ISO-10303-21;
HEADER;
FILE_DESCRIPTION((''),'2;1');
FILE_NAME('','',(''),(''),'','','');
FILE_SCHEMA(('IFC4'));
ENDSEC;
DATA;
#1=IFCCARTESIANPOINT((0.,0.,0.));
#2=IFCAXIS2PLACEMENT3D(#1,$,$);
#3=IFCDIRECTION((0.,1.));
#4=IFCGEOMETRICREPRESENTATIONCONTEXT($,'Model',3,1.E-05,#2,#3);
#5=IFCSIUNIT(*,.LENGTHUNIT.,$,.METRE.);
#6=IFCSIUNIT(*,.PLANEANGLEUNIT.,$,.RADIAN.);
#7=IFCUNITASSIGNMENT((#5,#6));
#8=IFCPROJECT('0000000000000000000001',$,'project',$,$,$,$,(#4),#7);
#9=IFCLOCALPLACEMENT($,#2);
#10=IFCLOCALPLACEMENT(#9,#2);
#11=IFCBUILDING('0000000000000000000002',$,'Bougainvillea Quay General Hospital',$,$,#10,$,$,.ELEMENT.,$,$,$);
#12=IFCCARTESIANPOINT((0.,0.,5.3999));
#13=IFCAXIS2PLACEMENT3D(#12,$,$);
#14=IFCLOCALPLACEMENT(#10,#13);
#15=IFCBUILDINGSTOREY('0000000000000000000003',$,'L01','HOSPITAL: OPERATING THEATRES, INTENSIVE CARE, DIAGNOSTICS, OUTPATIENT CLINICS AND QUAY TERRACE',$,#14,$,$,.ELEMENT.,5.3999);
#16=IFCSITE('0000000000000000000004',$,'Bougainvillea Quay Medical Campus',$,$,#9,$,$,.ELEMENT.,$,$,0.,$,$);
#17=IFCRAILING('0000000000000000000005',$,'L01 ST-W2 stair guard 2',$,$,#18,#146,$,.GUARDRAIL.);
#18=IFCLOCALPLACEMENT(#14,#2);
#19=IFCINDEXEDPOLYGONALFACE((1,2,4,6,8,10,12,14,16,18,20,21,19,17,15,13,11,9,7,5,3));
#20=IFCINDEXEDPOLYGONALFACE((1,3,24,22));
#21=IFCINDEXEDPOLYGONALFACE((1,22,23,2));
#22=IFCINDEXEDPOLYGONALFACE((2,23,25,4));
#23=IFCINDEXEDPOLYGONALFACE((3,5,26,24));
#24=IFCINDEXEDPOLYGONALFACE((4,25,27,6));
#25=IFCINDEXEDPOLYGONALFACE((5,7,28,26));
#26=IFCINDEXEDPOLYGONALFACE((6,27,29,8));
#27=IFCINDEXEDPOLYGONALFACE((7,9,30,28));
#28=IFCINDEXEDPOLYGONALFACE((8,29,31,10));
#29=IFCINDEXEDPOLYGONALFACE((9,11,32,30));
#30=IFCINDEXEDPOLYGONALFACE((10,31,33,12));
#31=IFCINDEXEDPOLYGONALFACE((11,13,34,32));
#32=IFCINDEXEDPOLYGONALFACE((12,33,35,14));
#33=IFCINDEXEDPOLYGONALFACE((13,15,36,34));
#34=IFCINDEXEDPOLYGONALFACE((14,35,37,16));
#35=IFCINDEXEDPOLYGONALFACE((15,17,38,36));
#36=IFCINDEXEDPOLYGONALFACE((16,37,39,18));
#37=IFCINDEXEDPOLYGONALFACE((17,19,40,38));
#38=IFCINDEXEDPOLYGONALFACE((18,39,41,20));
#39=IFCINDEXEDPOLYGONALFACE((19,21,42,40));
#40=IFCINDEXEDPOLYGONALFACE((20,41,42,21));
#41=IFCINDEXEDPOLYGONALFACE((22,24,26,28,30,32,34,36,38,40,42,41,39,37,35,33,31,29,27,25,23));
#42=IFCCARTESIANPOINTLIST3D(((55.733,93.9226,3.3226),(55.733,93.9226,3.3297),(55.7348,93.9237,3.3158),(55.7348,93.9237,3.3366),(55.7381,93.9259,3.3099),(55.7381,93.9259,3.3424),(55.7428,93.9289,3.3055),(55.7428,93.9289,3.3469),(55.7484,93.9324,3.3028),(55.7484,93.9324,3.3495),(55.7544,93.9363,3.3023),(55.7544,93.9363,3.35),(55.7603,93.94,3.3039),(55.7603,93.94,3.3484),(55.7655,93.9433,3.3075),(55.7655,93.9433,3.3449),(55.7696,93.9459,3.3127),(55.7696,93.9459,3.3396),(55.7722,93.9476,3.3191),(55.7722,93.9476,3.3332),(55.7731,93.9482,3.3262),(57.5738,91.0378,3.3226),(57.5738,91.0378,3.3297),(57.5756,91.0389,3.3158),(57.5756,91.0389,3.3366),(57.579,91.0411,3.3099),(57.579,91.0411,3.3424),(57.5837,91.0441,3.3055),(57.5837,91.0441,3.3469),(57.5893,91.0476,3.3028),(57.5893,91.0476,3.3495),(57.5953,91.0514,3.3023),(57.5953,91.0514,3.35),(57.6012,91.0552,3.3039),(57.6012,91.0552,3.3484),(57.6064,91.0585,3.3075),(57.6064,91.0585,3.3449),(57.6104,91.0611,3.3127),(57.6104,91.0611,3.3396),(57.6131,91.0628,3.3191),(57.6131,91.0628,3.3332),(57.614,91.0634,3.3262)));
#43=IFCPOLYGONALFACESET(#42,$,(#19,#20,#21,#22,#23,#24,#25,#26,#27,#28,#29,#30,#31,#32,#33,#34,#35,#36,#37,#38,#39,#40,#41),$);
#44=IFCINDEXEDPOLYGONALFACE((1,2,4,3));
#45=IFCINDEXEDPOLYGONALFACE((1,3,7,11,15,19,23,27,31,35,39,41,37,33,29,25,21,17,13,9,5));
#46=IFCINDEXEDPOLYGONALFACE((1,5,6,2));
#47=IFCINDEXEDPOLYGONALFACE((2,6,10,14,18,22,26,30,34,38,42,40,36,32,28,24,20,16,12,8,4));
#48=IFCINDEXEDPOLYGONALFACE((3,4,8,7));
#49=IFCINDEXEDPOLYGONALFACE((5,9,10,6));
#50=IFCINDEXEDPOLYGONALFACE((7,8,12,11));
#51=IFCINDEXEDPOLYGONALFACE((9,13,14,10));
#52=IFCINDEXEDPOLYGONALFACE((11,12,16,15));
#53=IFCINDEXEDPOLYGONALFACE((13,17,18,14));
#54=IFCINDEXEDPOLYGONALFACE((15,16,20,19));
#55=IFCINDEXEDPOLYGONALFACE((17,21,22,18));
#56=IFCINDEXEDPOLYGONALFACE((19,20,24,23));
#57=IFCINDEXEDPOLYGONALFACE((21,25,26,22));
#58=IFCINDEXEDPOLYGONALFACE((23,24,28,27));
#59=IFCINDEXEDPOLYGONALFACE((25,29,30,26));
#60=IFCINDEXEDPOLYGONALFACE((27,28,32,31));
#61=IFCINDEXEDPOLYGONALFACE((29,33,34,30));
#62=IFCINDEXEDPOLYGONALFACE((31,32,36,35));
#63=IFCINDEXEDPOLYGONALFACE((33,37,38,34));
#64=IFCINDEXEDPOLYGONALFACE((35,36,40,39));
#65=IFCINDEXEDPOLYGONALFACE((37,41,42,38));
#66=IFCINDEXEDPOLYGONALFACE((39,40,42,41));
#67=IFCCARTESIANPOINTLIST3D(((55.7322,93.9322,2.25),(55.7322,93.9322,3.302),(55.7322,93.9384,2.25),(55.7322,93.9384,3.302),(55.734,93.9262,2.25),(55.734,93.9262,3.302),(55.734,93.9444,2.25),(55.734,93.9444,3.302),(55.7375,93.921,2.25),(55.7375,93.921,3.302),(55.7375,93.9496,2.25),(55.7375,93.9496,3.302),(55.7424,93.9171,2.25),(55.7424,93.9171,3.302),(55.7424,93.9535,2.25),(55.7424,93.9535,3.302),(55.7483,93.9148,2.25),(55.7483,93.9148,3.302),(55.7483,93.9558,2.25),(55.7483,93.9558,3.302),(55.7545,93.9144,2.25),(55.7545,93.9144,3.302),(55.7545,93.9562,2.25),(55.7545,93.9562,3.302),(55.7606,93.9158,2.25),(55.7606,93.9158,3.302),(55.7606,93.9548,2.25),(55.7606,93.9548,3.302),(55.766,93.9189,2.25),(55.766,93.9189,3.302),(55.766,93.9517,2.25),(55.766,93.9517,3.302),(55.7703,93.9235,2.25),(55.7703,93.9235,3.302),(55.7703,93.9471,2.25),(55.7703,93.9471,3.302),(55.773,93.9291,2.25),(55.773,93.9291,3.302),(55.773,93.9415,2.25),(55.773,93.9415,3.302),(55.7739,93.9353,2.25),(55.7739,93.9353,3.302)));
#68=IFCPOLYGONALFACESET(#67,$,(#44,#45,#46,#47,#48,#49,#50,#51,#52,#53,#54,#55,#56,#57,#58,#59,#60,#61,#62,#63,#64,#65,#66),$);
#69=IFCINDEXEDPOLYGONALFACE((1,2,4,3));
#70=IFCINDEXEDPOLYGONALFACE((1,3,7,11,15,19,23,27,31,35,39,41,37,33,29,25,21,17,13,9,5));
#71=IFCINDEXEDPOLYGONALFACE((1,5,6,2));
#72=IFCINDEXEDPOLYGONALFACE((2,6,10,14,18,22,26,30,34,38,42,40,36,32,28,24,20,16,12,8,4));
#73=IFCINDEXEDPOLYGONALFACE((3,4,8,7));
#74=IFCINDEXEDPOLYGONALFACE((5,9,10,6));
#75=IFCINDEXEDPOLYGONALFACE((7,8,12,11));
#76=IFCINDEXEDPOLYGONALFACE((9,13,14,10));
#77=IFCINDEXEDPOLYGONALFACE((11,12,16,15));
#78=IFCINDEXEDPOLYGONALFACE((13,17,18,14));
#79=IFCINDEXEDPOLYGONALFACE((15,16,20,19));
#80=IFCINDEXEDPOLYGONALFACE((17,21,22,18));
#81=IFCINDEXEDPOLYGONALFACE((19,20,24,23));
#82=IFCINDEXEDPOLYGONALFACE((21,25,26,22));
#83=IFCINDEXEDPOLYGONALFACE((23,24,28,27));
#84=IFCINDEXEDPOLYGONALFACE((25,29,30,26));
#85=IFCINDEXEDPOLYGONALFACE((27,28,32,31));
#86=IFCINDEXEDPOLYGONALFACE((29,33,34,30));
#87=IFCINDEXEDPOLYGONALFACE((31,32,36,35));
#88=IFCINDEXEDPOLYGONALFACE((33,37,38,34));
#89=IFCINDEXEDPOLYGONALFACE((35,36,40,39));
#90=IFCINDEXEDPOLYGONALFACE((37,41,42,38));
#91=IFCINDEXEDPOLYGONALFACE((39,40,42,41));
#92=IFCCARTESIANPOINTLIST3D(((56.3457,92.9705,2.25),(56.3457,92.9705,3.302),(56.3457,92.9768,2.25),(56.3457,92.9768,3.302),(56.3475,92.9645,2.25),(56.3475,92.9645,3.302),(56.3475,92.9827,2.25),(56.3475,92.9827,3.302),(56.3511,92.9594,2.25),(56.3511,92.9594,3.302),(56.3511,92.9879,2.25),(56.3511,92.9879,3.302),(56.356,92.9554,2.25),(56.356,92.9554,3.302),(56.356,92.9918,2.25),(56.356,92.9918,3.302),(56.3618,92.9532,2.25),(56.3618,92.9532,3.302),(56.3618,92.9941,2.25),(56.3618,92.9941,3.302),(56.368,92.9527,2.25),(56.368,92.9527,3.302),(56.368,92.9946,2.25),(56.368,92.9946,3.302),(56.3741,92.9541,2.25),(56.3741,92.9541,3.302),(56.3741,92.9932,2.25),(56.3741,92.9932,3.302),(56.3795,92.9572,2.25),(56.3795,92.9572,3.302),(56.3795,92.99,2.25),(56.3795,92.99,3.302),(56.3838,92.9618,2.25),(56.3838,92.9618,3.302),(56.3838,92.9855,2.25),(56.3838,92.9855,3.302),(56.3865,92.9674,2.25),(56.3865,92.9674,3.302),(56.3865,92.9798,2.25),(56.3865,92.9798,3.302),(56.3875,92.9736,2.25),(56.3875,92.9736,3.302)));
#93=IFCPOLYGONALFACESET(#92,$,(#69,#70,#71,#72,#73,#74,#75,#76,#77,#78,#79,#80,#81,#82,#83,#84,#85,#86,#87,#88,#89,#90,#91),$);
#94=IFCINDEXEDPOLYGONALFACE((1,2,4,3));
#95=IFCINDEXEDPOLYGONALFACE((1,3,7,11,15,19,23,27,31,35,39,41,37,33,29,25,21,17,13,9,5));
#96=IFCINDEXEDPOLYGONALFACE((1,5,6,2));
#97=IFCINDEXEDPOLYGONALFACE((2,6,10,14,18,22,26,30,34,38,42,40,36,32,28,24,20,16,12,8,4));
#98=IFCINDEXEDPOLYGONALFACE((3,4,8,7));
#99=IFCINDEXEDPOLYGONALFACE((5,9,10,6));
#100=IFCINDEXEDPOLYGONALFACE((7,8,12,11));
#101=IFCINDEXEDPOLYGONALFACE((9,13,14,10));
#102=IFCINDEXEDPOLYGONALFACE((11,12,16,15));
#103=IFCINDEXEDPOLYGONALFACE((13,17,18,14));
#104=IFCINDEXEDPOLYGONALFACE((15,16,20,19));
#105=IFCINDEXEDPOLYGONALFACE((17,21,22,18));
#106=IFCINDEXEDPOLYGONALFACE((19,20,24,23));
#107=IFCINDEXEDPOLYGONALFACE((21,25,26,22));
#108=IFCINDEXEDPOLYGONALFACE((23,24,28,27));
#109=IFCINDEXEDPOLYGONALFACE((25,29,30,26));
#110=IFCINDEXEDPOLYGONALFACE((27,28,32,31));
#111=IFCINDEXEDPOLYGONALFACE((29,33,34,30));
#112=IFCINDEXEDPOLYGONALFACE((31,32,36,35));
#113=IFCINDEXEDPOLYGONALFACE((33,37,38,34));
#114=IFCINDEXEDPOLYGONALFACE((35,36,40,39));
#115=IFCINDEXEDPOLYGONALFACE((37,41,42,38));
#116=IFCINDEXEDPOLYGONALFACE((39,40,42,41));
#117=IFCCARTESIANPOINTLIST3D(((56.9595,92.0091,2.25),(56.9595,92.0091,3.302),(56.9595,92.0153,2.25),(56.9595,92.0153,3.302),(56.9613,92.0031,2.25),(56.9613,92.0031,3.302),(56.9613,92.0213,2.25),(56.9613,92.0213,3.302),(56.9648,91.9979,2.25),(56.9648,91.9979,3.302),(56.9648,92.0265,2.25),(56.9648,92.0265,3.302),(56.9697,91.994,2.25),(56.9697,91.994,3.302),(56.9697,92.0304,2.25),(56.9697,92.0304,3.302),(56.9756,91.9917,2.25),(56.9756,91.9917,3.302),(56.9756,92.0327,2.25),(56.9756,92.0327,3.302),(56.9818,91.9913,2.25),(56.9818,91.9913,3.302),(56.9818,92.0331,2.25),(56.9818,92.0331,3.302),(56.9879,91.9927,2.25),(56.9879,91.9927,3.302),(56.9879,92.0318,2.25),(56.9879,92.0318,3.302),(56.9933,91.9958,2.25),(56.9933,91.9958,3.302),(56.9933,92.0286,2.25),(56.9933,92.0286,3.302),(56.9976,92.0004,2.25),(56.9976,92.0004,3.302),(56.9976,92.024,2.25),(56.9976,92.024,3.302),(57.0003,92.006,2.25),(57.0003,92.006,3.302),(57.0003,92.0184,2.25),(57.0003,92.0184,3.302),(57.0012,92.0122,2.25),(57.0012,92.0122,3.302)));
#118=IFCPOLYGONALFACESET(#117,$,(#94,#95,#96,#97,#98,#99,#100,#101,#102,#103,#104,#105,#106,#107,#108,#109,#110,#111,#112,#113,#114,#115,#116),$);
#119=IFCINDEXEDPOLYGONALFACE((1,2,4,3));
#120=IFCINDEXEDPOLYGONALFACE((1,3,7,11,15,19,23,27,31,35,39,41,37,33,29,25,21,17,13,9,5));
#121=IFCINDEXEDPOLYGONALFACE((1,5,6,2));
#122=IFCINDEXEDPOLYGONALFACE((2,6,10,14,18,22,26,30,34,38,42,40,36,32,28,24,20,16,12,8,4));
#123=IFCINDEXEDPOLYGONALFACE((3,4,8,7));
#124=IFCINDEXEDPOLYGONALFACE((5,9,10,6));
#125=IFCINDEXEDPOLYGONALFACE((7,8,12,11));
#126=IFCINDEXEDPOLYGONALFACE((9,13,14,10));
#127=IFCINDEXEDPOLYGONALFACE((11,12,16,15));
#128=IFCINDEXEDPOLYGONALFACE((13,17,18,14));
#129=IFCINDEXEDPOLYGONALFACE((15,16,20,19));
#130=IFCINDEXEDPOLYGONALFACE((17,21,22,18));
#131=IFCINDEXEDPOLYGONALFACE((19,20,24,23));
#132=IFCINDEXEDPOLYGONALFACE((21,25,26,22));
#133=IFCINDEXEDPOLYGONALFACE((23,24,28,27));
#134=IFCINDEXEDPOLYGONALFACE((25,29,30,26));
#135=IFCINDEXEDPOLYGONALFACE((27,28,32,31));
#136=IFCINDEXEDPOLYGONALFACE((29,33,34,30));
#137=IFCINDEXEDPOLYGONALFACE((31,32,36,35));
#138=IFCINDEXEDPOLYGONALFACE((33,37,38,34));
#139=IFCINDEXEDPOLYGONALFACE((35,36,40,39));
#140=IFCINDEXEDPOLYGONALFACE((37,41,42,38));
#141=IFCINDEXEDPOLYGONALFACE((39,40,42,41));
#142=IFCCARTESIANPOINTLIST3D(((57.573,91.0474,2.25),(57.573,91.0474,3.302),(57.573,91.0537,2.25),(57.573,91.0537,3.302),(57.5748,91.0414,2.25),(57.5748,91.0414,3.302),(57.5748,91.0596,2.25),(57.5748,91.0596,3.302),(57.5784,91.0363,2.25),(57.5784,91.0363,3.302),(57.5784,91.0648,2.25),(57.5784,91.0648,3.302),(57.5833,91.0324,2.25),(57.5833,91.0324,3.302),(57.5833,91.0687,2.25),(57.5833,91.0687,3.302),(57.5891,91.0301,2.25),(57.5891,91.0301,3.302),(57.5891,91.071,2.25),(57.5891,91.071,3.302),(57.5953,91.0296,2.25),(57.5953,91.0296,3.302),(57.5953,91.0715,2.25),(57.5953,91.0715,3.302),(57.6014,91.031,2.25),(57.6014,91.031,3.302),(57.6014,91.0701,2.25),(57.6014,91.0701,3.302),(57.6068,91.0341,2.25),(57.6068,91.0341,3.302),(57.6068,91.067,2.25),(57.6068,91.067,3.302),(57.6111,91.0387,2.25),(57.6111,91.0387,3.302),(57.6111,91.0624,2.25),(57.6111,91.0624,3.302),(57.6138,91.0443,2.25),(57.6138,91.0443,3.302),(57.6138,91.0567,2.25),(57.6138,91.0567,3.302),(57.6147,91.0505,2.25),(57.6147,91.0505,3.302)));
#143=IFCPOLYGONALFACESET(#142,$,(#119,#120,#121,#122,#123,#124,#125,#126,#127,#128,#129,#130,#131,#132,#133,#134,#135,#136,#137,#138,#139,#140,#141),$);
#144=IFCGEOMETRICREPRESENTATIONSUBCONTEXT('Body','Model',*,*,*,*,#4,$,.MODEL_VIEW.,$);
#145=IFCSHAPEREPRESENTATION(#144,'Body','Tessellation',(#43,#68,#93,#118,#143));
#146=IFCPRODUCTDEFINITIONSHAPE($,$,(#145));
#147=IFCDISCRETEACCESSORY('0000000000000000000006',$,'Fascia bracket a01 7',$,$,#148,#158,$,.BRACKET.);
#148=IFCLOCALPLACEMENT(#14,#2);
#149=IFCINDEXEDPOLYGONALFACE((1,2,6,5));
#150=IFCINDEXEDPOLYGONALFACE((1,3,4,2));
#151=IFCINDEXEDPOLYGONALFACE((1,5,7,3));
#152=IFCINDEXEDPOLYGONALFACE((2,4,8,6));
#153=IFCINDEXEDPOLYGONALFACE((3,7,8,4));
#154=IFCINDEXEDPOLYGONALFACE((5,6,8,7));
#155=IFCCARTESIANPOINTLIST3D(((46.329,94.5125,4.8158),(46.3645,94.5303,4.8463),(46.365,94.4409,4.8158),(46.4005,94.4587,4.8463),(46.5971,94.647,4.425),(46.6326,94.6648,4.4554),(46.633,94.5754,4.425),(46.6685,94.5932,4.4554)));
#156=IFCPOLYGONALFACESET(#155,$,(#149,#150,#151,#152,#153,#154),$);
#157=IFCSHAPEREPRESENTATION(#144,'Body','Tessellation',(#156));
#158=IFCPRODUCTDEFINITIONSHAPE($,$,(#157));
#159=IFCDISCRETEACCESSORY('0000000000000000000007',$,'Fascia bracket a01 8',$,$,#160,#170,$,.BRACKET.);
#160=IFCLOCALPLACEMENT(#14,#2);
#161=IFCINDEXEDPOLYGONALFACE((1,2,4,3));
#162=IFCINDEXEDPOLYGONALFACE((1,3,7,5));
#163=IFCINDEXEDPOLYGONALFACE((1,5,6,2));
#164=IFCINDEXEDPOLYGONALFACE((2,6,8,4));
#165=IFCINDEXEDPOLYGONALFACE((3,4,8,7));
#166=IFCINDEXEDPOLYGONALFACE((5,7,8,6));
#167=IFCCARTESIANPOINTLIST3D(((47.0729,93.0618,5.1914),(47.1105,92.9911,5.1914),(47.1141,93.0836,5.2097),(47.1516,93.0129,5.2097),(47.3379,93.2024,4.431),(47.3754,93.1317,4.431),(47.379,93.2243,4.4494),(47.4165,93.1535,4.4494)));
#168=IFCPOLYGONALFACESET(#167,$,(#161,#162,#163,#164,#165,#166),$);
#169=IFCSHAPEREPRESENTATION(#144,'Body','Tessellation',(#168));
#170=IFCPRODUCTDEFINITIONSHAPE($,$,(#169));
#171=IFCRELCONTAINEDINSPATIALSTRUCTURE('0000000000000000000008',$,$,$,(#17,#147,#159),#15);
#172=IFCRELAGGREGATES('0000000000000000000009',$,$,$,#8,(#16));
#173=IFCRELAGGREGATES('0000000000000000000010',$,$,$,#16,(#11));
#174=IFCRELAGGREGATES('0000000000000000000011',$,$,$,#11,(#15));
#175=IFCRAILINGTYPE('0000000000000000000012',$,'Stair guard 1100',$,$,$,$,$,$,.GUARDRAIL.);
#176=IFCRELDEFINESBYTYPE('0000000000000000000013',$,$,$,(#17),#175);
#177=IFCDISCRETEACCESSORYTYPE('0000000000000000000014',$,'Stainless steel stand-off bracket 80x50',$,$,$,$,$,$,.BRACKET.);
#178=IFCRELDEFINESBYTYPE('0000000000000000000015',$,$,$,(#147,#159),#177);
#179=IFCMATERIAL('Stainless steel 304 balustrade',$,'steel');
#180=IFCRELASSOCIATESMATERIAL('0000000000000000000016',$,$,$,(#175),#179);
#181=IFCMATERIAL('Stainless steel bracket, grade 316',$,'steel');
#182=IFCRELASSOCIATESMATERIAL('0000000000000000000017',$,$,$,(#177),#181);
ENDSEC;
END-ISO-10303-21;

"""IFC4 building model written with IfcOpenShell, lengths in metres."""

from ifc_helpers import new_model, si_unit, direction, frame, origin, origin_2d, place, context, subcontext, project, spatial, rectangle, circle, extrude, material, material_profile, profile_set, type_object, element, save


model = new_model("IFC4")

# Units and contexts
model_context = context("Model", 3, precision=1e-05, world=origin(), true_north=direction((0.0, 1.0)))
body_context = subcontext(model_context, "Body", "Model", "MODEL_VIEW")
ifc_project = project(units=[si_unit("LENGTHUNIT", "METRE"), si_unit("PLANEANGLEUNIT", "RADIAN")], contexts=[model_context])

# Site, building, storey
site_placement = place(None, origin())
site = spatial("IfcSite", under=ifc_project, at=site_placement, Name="Bougainvillea Quay Medical Campus", CompositionType="ELEMENT", RefElevation=0.0)
building_placement = place(site_placement, origin())
building = spatial("IfcBuilding", under=site, at=building_placement, Name="Bougainvillea Quay General Hospital", CompositionType="ELEMENT")
storey_placement = place(building_placement, frame((0.0, 0.0, 5.3999)))
storey = spatial("IfcBuildingStorey", under=building, at=storey_placement, Name="L01", Description="HOSPITAL: OPERATING THEATRES, INTENSIVE CARE, DIAGNOSTICS, OUTPATIENT CLINICS AND QUAY TERRACE", CompositionType="ELEMENT", Elevation=5.3999)

# Railing
ifc_material_1 = material(Name="Stainless steel 304 balustrade", Category="steel")
railing_type = type_object("IfcRailingType", Name="Stair guard 1100", PredefinedType="GUARDRAIL", material=ifc_material_1)
railing_placement = place(storey_placement, frame((55.7529, 93.9353, 2.25)))
element("IfcRailing", 1, at=railing_placement, inside=storey, type_object=railing_type, Name="L01 ST-W2 stair guard 2", PredefinedType="GUARDRAIL", context=body_context, shape_type="SweptSolid", body=[
    extrude(circle(Radius=0.0239, at=origin_2d()), frame((0.0, 0.0, 1.0762), z_axis=(0.537928, -0.842991, 0.0), x_axis=(0.842991, 0.537928, 0.0)), (0.0, 0.0, 1.0), 3.4221),
    extrude(circle(Radius=0.021, at=origin_2d()), origin(), (0.0, 0.0, 1.0), 1.052),
    extrude(circle(Radius=0.021, at=origin_2d()), frame((0.6135, -0.9617, 0.0)), (0.0, 0.0, 1.0), 1.052),
    extrude(circle(Radius=0.021, at=origin_2d()), frame((1.2273, -1.9231, 0.0)), (0.0, 0.0, 1.0), 1.052),
    extrude(circle(Radius=0.021, at=origin_2d()), frame((1.8408, -2.8848, 0.0)), (0.0, 0.0, 1.0), 1.052),
])

# Discrete accessories
ifc_material_2 = material(Name="Stainless steel bracket, grade 316", Category="steel")
ifc_material_profile_1 = material_profile(ifc_material_2, rectangle(XDim=0.0801, YDim=0.05, at=origin_2d()))
ifc_profile_set_1 = profile_set([ifc_material_profile_1], Name="Stainless steel bracket, grade 316")
discrete_accessory_type = type_object("IfcDiscreteAccessoryType", Name="Stainless steel stand-off bracket 80x50", PredefinedType="BRACKET", material=ifc_profile_set_1)
discrete_accessory_1_placement = place(storey_placement, frame((46.6328, 94.6201, 4.4402), z_axis=(-0.544098, -0.27304, 0.793352), x_axis=(0.448516, -0.893775, 0.0)))
element("IfcDiscreteAccessory", 2, at=discrete_accessory_1_placement, inside=storey, type_object=discrete_accessory_type, Name="Fascia bracket a01 7", PredefinedType="BRACKET", context=body_context, shape_type="SweptSolid", body=[
    extrude(rectangle(XDim=0.0801, YDim=0.05, at=origin_2d()), origin(), (0.0, 0.0, 1.0), 0.4927),
])
discrete_accessory_2_placement = place(storey_placement, frame((47.3772, 93.178, 4.4402), z_axis=(-0.324119, -0.172067, 0.930236), x_axis=(0.468897, -0.883253, 0.0)))
element("IfcDiscreteAccessory", 3, at=discrete_accessory_2_placement, inside=storey, type_object=discrete_accessory_type, Name="Fascia bracket a01 8", PredefinedType="BRACKET", context=body_context, shape_type="SweptSolid", body=[
    extrude(rectangle(XDim=0.0801, YDim=0.05, at=origin_2d()), origin(), (0.0, 0.0, 1.0), 0.8174),
])

save(model, "model.ifc")
